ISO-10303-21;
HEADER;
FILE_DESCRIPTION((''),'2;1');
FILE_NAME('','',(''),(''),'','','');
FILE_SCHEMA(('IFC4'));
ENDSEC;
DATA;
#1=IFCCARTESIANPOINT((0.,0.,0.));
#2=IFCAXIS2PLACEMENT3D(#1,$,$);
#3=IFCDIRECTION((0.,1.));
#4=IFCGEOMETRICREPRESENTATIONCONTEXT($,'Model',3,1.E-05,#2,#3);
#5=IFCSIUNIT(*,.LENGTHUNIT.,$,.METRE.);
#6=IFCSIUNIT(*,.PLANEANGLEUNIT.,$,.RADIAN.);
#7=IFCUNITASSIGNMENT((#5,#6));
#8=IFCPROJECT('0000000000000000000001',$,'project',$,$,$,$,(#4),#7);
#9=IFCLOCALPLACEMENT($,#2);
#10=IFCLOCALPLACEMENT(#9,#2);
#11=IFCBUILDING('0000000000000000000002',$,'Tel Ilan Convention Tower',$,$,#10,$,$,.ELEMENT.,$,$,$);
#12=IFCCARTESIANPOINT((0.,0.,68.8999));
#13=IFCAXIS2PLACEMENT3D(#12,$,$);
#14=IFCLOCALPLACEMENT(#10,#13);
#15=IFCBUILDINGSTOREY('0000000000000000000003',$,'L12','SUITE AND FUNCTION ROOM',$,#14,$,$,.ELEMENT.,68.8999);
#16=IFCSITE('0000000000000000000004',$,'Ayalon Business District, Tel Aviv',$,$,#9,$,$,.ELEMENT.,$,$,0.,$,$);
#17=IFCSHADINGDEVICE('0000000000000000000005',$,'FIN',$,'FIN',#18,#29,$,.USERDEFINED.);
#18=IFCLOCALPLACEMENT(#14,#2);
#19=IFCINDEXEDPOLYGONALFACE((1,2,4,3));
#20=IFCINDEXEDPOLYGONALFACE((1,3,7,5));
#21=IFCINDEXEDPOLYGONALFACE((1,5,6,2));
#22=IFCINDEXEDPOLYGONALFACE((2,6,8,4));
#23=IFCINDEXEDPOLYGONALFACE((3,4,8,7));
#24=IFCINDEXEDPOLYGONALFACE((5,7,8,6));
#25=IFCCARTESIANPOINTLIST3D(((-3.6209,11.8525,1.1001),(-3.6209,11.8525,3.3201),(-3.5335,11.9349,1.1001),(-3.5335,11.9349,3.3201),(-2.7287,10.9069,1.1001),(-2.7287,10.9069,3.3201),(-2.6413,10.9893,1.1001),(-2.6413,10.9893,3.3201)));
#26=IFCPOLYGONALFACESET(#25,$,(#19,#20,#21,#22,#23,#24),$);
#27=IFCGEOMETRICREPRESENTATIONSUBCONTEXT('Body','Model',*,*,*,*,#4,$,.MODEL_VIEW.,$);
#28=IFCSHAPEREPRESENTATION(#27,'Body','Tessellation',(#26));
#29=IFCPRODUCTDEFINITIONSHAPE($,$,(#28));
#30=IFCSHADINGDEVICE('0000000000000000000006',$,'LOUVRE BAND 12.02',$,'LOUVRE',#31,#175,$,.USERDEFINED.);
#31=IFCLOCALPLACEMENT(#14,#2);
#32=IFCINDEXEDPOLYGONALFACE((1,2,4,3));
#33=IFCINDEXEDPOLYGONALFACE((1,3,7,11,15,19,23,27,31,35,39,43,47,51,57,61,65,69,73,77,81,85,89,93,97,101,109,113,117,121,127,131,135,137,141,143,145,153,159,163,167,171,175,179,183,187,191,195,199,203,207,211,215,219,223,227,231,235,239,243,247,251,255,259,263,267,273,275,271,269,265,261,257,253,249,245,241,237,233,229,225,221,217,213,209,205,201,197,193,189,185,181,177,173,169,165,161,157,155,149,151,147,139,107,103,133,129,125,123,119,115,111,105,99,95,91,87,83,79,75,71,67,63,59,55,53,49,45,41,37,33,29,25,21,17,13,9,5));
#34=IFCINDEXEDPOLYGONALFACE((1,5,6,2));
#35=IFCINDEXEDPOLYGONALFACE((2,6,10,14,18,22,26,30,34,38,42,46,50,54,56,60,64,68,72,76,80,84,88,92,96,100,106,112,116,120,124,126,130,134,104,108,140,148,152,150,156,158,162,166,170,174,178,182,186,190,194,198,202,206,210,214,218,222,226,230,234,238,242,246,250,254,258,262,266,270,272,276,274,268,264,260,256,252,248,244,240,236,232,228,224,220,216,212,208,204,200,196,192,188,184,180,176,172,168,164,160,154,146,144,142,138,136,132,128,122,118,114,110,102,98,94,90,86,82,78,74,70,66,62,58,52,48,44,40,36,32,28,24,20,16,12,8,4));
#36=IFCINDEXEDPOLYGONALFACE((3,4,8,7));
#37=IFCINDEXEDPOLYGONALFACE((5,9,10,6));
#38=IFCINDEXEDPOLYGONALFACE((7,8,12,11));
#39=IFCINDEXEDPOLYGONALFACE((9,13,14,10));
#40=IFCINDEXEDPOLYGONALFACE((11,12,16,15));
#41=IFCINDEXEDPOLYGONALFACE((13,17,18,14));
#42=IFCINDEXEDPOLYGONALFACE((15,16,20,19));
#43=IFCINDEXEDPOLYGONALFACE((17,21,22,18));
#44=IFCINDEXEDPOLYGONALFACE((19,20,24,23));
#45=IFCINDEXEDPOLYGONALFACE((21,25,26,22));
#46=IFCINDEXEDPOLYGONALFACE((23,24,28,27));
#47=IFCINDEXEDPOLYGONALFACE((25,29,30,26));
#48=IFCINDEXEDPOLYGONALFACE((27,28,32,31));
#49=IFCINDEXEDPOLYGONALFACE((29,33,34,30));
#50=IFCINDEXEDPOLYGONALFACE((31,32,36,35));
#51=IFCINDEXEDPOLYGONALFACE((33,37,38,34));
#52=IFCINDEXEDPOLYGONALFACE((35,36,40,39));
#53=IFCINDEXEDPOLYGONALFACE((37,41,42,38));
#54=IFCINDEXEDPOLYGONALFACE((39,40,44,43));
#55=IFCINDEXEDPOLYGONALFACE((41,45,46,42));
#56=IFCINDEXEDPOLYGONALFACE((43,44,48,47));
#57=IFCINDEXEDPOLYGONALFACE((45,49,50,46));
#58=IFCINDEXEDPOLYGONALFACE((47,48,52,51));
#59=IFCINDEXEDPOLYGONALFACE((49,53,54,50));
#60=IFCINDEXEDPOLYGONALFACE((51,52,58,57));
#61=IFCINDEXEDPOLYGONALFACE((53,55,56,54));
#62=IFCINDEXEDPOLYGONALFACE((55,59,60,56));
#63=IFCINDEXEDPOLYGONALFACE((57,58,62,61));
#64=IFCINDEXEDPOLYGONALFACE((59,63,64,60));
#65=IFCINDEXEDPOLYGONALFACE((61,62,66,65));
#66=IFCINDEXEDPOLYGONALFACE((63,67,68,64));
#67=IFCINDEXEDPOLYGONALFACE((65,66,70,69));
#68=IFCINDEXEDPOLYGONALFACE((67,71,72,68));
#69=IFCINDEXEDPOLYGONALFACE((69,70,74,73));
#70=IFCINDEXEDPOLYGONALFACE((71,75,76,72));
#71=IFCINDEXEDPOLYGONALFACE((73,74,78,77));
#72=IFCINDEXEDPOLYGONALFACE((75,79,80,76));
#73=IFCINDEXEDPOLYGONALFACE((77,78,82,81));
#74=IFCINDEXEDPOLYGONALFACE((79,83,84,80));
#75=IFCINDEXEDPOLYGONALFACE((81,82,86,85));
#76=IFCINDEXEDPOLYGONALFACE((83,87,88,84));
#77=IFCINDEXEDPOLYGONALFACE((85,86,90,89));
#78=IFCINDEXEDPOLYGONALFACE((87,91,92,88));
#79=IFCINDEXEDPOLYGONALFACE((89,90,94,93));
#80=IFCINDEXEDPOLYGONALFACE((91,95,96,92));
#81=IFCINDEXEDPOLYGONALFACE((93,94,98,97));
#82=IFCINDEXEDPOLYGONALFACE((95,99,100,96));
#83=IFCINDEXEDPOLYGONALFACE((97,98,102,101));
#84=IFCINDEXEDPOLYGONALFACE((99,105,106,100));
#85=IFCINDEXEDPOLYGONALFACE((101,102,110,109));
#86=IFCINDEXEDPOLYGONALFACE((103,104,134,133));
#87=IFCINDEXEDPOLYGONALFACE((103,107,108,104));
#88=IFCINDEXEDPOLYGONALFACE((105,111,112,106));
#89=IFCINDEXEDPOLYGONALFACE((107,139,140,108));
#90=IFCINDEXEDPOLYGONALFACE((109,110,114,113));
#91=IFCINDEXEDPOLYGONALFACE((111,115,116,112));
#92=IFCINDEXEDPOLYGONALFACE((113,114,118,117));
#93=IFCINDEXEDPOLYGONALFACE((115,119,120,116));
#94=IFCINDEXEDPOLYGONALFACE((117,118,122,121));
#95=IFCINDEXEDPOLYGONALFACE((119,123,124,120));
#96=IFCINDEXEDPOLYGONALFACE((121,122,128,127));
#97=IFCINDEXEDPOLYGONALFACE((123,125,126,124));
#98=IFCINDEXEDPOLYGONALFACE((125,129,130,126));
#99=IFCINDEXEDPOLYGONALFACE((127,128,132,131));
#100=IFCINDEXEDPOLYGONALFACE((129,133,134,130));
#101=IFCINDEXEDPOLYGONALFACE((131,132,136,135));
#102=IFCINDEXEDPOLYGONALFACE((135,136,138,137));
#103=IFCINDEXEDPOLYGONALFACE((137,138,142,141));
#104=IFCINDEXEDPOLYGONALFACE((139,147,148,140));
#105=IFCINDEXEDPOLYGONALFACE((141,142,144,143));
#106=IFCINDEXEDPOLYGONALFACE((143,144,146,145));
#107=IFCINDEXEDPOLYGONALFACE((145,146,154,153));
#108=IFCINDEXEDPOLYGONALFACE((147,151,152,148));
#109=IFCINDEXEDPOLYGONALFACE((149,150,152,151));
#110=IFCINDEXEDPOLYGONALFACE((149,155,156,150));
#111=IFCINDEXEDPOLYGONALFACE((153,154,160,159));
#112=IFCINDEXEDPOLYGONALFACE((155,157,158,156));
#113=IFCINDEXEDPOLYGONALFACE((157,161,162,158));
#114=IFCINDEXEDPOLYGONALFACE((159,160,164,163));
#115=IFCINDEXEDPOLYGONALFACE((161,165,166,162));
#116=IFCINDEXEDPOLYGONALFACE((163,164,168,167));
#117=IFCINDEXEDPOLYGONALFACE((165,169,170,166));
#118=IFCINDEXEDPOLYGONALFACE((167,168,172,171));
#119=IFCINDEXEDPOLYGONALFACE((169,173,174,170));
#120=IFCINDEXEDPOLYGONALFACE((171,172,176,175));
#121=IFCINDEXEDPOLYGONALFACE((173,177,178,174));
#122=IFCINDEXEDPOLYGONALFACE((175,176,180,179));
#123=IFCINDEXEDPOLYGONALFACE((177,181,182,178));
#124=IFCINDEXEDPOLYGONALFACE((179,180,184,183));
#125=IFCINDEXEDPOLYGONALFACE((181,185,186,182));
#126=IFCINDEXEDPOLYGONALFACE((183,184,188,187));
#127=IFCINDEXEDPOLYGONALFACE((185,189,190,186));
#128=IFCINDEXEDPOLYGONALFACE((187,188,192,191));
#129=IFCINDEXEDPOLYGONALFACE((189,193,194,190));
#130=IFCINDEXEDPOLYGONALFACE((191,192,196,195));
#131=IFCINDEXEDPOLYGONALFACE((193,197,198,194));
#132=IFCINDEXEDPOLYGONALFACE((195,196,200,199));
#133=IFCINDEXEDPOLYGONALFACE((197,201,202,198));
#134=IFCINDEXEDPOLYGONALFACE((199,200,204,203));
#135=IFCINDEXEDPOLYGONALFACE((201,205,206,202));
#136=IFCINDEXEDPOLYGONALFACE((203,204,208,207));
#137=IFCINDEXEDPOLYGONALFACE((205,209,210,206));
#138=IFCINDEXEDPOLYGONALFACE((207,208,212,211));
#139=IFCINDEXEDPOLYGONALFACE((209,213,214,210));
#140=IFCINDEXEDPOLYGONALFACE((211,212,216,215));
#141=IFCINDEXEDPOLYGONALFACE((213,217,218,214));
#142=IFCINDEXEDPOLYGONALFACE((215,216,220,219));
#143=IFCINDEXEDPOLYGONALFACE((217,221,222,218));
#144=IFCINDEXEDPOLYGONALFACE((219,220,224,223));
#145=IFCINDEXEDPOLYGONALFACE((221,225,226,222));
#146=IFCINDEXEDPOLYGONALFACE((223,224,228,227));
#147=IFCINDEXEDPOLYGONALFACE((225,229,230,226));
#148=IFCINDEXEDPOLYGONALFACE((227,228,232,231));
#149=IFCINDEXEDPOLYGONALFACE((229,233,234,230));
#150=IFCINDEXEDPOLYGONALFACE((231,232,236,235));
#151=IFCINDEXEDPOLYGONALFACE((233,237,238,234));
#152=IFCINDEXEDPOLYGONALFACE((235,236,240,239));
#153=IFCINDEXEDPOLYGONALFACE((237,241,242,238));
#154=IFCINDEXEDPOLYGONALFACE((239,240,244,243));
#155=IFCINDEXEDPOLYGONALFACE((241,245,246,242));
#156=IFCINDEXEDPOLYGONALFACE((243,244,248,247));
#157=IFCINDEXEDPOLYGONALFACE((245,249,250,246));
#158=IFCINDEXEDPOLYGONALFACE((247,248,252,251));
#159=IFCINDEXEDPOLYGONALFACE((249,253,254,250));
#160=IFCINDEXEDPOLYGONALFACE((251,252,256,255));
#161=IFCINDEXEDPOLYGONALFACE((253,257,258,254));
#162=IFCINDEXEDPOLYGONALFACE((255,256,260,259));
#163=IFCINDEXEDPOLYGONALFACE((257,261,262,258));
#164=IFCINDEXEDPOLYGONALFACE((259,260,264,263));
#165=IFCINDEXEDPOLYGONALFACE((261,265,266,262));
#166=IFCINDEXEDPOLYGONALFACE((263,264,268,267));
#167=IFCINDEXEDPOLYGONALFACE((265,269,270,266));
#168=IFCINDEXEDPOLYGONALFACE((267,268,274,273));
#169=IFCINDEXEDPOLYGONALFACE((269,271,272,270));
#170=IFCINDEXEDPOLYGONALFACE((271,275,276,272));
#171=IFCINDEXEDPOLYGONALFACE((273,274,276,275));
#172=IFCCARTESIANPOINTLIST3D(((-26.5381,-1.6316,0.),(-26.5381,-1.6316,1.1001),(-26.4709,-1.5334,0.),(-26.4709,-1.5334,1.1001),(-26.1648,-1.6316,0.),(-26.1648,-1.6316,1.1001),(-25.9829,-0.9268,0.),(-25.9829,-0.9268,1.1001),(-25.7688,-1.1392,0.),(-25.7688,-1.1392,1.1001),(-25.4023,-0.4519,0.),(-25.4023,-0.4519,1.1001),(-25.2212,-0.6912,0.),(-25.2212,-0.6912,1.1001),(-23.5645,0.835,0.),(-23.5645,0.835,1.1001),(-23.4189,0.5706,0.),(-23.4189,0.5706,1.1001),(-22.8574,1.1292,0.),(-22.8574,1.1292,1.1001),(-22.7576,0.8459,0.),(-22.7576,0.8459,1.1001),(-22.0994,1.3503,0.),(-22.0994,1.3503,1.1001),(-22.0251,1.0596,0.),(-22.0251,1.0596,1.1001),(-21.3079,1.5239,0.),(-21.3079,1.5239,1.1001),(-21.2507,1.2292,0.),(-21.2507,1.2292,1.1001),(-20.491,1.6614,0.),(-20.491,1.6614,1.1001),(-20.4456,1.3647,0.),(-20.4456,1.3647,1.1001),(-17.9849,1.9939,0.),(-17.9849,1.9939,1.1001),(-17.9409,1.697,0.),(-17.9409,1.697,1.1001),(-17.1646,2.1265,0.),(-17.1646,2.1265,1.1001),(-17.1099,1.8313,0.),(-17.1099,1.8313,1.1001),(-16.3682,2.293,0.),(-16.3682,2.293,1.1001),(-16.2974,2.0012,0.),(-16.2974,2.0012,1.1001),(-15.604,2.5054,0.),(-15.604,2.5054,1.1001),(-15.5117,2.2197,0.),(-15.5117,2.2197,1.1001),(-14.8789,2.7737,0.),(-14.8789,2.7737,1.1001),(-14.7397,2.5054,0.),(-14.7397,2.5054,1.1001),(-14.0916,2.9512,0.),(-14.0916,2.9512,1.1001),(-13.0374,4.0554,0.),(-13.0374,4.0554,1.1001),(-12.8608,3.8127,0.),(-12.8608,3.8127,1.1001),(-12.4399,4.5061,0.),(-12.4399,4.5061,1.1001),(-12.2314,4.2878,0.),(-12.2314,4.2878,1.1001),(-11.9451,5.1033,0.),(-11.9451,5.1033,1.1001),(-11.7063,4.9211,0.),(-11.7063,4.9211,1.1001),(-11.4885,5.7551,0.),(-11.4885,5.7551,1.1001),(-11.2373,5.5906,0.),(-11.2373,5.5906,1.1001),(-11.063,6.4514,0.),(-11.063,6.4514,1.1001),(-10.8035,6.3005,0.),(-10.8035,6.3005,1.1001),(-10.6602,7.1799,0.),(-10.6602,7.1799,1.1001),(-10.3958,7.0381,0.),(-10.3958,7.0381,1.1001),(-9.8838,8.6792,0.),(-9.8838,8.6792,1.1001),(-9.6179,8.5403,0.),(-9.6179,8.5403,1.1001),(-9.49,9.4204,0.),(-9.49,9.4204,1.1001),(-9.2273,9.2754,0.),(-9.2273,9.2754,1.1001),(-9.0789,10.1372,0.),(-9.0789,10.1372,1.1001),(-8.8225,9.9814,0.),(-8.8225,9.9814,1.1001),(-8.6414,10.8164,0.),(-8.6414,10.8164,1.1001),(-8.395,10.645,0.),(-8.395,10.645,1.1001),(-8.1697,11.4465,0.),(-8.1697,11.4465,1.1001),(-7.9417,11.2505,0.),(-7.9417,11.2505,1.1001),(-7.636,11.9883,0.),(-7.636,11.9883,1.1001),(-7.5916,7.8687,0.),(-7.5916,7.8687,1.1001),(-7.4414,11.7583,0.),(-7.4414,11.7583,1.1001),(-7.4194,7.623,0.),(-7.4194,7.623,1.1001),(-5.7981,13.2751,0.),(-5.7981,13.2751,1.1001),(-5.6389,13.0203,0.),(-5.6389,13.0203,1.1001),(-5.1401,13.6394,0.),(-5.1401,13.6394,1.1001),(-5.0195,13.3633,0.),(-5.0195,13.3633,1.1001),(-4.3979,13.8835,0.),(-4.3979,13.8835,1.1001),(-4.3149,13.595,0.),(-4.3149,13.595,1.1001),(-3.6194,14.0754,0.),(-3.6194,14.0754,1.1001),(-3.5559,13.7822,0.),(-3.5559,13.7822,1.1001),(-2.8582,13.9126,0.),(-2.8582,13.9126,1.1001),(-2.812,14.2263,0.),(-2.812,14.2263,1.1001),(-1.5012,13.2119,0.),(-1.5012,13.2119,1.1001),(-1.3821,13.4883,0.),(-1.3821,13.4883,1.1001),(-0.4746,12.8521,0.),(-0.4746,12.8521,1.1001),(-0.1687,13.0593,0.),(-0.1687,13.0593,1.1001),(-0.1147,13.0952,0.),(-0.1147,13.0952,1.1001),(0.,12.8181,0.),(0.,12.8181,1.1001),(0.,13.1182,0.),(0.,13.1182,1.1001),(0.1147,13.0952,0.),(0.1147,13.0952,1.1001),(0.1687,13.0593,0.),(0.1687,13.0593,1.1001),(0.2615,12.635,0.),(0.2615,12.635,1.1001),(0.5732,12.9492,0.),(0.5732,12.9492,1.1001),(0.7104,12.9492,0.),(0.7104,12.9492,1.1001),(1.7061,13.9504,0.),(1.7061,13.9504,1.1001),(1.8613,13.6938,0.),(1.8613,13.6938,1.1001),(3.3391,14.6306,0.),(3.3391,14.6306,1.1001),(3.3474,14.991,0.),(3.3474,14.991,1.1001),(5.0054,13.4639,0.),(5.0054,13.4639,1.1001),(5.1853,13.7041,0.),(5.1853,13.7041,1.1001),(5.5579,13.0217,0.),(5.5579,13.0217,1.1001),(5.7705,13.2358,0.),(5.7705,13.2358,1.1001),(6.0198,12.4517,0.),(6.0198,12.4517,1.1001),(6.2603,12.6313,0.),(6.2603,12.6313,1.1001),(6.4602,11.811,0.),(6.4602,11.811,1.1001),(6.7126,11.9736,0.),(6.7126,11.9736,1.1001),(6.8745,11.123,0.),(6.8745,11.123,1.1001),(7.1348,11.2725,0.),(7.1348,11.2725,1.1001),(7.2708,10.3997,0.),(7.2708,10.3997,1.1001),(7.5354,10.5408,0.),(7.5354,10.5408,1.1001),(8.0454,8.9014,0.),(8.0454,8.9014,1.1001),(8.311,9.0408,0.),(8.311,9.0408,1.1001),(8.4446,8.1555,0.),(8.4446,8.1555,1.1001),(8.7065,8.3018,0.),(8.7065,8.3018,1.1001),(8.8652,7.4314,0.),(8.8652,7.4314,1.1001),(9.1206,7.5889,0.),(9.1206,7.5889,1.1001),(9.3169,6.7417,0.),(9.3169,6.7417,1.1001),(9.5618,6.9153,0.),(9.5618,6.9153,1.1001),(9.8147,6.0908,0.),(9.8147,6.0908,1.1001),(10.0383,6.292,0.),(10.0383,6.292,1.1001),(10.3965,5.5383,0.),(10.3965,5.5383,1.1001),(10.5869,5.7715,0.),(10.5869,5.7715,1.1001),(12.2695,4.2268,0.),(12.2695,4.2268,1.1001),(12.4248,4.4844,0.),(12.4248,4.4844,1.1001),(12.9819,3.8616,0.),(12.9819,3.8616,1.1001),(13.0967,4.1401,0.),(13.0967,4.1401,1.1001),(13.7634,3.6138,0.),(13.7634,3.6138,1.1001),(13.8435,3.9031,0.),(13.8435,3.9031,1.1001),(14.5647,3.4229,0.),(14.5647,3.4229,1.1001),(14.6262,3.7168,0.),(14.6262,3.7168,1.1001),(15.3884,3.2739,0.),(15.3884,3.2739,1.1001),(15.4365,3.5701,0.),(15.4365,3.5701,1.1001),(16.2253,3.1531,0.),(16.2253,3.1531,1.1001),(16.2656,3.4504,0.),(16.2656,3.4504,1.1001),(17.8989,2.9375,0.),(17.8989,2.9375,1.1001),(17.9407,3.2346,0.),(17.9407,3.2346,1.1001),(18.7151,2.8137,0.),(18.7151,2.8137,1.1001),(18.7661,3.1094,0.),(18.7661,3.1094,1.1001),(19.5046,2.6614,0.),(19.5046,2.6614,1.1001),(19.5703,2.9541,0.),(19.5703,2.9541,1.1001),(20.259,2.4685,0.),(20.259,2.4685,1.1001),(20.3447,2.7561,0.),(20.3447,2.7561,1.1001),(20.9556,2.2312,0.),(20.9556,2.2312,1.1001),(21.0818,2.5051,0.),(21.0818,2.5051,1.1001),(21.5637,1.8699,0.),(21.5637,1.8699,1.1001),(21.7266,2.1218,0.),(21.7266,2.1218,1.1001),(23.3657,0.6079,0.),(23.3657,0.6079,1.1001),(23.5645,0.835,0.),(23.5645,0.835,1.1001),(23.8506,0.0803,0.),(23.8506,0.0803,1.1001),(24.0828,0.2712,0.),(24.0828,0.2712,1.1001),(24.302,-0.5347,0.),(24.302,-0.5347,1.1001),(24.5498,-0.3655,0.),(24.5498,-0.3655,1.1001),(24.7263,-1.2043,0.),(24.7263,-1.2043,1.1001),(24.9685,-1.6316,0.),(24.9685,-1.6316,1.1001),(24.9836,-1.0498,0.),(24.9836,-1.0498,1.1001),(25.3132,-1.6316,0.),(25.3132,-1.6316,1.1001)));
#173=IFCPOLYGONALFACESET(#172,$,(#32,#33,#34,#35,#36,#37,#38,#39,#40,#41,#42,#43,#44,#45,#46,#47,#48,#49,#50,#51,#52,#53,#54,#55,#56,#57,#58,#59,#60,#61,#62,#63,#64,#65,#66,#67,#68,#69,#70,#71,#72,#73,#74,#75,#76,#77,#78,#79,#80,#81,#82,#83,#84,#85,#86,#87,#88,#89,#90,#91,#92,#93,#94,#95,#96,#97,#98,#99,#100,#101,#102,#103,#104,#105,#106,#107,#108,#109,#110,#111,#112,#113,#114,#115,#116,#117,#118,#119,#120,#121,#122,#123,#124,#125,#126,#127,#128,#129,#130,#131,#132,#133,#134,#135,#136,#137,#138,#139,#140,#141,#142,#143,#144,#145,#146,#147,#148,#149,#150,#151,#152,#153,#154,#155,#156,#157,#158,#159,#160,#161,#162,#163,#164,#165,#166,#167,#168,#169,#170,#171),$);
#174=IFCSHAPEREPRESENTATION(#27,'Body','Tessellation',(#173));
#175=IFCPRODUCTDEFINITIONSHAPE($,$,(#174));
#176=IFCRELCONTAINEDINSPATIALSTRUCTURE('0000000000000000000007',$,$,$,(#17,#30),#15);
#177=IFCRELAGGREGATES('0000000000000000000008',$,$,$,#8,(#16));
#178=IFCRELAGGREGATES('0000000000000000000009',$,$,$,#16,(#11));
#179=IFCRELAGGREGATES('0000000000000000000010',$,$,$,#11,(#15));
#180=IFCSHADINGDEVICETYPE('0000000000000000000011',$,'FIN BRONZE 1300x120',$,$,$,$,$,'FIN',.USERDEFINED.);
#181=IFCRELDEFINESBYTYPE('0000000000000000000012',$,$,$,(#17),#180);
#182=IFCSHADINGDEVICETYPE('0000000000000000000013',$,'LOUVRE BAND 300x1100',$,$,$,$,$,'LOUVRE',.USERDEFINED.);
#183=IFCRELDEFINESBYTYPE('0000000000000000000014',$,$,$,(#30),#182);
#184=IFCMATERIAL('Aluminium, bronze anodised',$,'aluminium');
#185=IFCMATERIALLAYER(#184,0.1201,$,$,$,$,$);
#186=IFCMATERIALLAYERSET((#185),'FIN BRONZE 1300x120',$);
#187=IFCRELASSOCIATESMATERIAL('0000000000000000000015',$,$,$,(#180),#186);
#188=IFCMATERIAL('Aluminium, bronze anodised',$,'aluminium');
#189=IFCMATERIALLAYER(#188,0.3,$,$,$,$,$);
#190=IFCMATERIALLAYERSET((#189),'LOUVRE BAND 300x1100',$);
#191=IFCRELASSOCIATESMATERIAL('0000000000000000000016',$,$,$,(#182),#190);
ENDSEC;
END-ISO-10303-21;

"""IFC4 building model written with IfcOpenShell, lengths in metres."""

from ifc_helpers import new_model, si_unit, direction, frame, origin, origin_2d, place, context, subcontext, project, spatial, polyline, rectangle, outline, extrude, material, layer, layer_set, type_object, element, save


model = new_model("IFC4")

# Units and contexts
model_context = context("Model", 3, precision=1e-05, world=origin(), true_north=direction((0.0, 1.0)))
body_context = subcontext(model_context, "Body", "Model", "MODEL_VIEW")
ifc_project = project(units=[si_unit("LENGTHUNIT", "METRE"), si_unit("PLANEANGLEUNIT", "RADIAN")], contexts=[model_context])

# Site, building, storey
site_placement = place(None, origin())
site = spatial("IfcSite", under=ifc_project, at=site_placement, Name="Ayalon Business District, Tel Aviv", CompositionType="ELEMENT", RefElevation=0.0)
building_placement = place(site_placement, origin())
building = spatial("IfcBuilding", under=site, at=building_placement, Name="Tel Ilan Convention Tower", CompositionType="ELEMENT")
storey_placement = place(building_placement, frame((0.0, 0.0, 68.8999)))
storey = spatial("IfcBuildingStorey", under=building, at=storey_placement, Name="L12", Description="SUITE AND FUNCTION ROOM", CompositionType="ELEMENT", Elevation=68.8999)

# Shading devices
ifc_material_1 = material(Name="Aluminium, bronze anodised", Category="aluminium")
ifc_layer_1 = layer(ifc_material_1, 0.1201)
ifc_layer_set_1 = layer_set([ifc_layer_1], Name="FIN BRONZE 1300x120")
shading_device_type_1 = type_object("IfcShadingDeviceType", Name="FIN BRONZE 1300x120", ElementType="FIN", PredefinedType="USERDEFINED", material=ifc_layer_set_1)
shading_device_1_placement = place(storey_placement, frame((-3.1311, 11.4209, 1.1001), z_axis=(0.0, 0.0, 1.0), x_axis=(-0.686242, 0.727374, 0.0)))
element("IfcShadingDevice", 1, at=shading_device_1_placement, inside=storey, type_object=shading_device_type_1, Name="FIN", ObjectType="FIN", PredefinedType="USERDEFINED", context=body_context, shape_type="SweptSolid", body=[
    extrude(rectangle(XDim=1.3, YDim=0.1201, at=origin_2d()), origin(), (0.0, 0.0, 1.0), 2.22),
])
ifc_material_2 = material(Name="Aluminium, bronze anodised", Category="aluminium")
ifc_layer_2 = layer(ifc_material_2, 0.3)
ifc_layer_set_2 = layer_set([ifc_layer_2], Name="LOUVRE BAND 300x1100")
shading_device_type_2 = type_object("IfcShadingDeviceType", Name="LOUVRE BAND 300x1100", ElementType="LOUVRE", PredefinedType="USERDEFINED", material=ifc_layer_set_2)
shading_device_2_placement = place(storey_placement, origin())
element("IfcShadingDevice", 2, at=shading_device_2_placement, inside=storey, type_object=shading_device_type_2, Name="LOUVRE BAND 12.02", ObjectType="LOUVRE", PredefinedType="USERDEFINED", context=body_context, shape_type="SweptSolid", body=[
    extrude(outline(polyline([(-26.4709, -1.5334), (-26.5381, -1.6316), (-26.1648, -1.6316), (-25.7688, -1.1392), (-25.2212, -0.6912), (-23.4189, 0.5706), (-22.7576, 0.8459), (-22.0251, 1.0596), (-21.2507, 1.2292), (-20.4456, 1.3647), (-17.9409, 1.697), (-17.1099, 1.8313), (-16.2974, 2.0012), (-15.5117, 2.2197), (-14.7397, 2.5054), (-14.0916, 2.9512), (-12.8608, 3.8127), (-12.2314, 4.2878), (-11.7063, 4.9211), (-11.2373, 5.5906), (-10.8035, 6.3005), (-10.3958, 7.0381), (-9.6179, 8.5403), (-9.2273, 9.2754), (-8.8225, 9.9814), (-8.395, 10.645), (-7.9417, 11.2505), (-7.4414, 11.7583), (-5.6389, 13.0203), (-5.0195, 13.3633), (-4.3149, 13.595), (-3.5559, 13.7822), (-2.8582, 13.9126), (-1.5012, 13.2119), (-0.4746, 12.8521), (-7.5916, 7.8687), (-7.4194, 7.623), (0.0, 12.8181), (0.2615, 12.635), (0.7104, 12.9492), (0.5732, 12.9492), (1.8613, 13.6938), (3.3391, 14.6306), (5.0054, 13.4639), (5.5579, 13.0217), (6.0198, 12.4517), (6.4602, 11.811), (6.8745, 11.123), (7.2708, 10.3997), (8.0454, 8.9014), (8.4446, 8.1555), (8.8652, 7.4314), (9.3169, 6.7417), (9.8147, 6.0908), (10.3965, 5.5383), (12.2695, 4.2268), (12.9819, 3.8616), (13.7634, 3.6138), (14.5647, 3.4229), (15.3884, 3.2739), (16.2253, 3.1531), (17.8989, 2.9375), (18.7151, 2.8137), (19.5046, 2.6614), (20.259, 2.4685), (20.9556, 2.2312), (21.5637, 1.8699), (23.3657, 0.6079), (23.8506, 0.0803), (24.302, -0.5347), (24.7263, -1.2043), (24.9685, -1.6316), (25.3132, -1.6316), (24.9836, -1.0498), (24.5498, -0.3655), (24.0828, 0.2712), (23.5645, 0.835), (21.7266, 2.1218), (21.0818, 2.5051), (20.3447, 2.7561), (19.5703, 2.9541), (18.7661, 3.1094), (17.9407, 3.2346), (16.2656, 3.4504), (15.4365, 3.5701), (14.6262, 3.7168), (13.8435, 3.9031), (13.0967, 4.1401), (12.4248, 4.4844), (10.5869, 5.7715), (10.0383, 6.292), (9.5618, 6.9153), (9.1206, 7.5889), (8.7065, 8.3018), (8.311, 9.0408), (7.5354, 10.5408), (7.1348, 11.2725), (6.7126, 11.9736), (6.2603, 12.6313), (5.7705, 13.2358), (5.1853, 13.7041), (3.3474, 14.991), (1.7061, 13.9504), (0.1687, 13.0593), (0.1147, 13.0952), (0.0, 13.1182), (-0.1147, 13.0952), (-0.1687, 13.0593), (-1.3821, 13.4883), (-2.812, 14.2263), (-3.6194, 14.0754), (-4.3979, 13.8835), (-5.1401, 13.6394), (-5.7981, 13.2751), (-7.636, 11.9883), (-8.1697, 11.4465), (-8.6414, 10.8164), (-9.0789, 10.1372), (-9.49, 9.4204), (-9.8838, 8.6792), (-10.6602, 7.1799), (-11.063, 6.4514), (-11.4885, 5.7551), (-11.9451, 5.1033), (-12.4399, 4.5061), (-13.0374, 4.0554), (-14.8789, 2.7737), (-15.604, 2.5054), (-16.3682, 2.293), (-17.1646, 2.1265), (-17.9849, 1.9939), (-20.491, 1.6614), (-21.3079, 1.5239), (-22.0994, 1.3503), (-22.8574, 1.1292), (-23.5645, 0.835), (-25.4023, -0.4519), (-25.9829, -0.9268), (-26.4709, -1.5334)])), origin(), (0.0, 0.0, 1.0), 1.1001),
])

save(model, "model.ifc")
